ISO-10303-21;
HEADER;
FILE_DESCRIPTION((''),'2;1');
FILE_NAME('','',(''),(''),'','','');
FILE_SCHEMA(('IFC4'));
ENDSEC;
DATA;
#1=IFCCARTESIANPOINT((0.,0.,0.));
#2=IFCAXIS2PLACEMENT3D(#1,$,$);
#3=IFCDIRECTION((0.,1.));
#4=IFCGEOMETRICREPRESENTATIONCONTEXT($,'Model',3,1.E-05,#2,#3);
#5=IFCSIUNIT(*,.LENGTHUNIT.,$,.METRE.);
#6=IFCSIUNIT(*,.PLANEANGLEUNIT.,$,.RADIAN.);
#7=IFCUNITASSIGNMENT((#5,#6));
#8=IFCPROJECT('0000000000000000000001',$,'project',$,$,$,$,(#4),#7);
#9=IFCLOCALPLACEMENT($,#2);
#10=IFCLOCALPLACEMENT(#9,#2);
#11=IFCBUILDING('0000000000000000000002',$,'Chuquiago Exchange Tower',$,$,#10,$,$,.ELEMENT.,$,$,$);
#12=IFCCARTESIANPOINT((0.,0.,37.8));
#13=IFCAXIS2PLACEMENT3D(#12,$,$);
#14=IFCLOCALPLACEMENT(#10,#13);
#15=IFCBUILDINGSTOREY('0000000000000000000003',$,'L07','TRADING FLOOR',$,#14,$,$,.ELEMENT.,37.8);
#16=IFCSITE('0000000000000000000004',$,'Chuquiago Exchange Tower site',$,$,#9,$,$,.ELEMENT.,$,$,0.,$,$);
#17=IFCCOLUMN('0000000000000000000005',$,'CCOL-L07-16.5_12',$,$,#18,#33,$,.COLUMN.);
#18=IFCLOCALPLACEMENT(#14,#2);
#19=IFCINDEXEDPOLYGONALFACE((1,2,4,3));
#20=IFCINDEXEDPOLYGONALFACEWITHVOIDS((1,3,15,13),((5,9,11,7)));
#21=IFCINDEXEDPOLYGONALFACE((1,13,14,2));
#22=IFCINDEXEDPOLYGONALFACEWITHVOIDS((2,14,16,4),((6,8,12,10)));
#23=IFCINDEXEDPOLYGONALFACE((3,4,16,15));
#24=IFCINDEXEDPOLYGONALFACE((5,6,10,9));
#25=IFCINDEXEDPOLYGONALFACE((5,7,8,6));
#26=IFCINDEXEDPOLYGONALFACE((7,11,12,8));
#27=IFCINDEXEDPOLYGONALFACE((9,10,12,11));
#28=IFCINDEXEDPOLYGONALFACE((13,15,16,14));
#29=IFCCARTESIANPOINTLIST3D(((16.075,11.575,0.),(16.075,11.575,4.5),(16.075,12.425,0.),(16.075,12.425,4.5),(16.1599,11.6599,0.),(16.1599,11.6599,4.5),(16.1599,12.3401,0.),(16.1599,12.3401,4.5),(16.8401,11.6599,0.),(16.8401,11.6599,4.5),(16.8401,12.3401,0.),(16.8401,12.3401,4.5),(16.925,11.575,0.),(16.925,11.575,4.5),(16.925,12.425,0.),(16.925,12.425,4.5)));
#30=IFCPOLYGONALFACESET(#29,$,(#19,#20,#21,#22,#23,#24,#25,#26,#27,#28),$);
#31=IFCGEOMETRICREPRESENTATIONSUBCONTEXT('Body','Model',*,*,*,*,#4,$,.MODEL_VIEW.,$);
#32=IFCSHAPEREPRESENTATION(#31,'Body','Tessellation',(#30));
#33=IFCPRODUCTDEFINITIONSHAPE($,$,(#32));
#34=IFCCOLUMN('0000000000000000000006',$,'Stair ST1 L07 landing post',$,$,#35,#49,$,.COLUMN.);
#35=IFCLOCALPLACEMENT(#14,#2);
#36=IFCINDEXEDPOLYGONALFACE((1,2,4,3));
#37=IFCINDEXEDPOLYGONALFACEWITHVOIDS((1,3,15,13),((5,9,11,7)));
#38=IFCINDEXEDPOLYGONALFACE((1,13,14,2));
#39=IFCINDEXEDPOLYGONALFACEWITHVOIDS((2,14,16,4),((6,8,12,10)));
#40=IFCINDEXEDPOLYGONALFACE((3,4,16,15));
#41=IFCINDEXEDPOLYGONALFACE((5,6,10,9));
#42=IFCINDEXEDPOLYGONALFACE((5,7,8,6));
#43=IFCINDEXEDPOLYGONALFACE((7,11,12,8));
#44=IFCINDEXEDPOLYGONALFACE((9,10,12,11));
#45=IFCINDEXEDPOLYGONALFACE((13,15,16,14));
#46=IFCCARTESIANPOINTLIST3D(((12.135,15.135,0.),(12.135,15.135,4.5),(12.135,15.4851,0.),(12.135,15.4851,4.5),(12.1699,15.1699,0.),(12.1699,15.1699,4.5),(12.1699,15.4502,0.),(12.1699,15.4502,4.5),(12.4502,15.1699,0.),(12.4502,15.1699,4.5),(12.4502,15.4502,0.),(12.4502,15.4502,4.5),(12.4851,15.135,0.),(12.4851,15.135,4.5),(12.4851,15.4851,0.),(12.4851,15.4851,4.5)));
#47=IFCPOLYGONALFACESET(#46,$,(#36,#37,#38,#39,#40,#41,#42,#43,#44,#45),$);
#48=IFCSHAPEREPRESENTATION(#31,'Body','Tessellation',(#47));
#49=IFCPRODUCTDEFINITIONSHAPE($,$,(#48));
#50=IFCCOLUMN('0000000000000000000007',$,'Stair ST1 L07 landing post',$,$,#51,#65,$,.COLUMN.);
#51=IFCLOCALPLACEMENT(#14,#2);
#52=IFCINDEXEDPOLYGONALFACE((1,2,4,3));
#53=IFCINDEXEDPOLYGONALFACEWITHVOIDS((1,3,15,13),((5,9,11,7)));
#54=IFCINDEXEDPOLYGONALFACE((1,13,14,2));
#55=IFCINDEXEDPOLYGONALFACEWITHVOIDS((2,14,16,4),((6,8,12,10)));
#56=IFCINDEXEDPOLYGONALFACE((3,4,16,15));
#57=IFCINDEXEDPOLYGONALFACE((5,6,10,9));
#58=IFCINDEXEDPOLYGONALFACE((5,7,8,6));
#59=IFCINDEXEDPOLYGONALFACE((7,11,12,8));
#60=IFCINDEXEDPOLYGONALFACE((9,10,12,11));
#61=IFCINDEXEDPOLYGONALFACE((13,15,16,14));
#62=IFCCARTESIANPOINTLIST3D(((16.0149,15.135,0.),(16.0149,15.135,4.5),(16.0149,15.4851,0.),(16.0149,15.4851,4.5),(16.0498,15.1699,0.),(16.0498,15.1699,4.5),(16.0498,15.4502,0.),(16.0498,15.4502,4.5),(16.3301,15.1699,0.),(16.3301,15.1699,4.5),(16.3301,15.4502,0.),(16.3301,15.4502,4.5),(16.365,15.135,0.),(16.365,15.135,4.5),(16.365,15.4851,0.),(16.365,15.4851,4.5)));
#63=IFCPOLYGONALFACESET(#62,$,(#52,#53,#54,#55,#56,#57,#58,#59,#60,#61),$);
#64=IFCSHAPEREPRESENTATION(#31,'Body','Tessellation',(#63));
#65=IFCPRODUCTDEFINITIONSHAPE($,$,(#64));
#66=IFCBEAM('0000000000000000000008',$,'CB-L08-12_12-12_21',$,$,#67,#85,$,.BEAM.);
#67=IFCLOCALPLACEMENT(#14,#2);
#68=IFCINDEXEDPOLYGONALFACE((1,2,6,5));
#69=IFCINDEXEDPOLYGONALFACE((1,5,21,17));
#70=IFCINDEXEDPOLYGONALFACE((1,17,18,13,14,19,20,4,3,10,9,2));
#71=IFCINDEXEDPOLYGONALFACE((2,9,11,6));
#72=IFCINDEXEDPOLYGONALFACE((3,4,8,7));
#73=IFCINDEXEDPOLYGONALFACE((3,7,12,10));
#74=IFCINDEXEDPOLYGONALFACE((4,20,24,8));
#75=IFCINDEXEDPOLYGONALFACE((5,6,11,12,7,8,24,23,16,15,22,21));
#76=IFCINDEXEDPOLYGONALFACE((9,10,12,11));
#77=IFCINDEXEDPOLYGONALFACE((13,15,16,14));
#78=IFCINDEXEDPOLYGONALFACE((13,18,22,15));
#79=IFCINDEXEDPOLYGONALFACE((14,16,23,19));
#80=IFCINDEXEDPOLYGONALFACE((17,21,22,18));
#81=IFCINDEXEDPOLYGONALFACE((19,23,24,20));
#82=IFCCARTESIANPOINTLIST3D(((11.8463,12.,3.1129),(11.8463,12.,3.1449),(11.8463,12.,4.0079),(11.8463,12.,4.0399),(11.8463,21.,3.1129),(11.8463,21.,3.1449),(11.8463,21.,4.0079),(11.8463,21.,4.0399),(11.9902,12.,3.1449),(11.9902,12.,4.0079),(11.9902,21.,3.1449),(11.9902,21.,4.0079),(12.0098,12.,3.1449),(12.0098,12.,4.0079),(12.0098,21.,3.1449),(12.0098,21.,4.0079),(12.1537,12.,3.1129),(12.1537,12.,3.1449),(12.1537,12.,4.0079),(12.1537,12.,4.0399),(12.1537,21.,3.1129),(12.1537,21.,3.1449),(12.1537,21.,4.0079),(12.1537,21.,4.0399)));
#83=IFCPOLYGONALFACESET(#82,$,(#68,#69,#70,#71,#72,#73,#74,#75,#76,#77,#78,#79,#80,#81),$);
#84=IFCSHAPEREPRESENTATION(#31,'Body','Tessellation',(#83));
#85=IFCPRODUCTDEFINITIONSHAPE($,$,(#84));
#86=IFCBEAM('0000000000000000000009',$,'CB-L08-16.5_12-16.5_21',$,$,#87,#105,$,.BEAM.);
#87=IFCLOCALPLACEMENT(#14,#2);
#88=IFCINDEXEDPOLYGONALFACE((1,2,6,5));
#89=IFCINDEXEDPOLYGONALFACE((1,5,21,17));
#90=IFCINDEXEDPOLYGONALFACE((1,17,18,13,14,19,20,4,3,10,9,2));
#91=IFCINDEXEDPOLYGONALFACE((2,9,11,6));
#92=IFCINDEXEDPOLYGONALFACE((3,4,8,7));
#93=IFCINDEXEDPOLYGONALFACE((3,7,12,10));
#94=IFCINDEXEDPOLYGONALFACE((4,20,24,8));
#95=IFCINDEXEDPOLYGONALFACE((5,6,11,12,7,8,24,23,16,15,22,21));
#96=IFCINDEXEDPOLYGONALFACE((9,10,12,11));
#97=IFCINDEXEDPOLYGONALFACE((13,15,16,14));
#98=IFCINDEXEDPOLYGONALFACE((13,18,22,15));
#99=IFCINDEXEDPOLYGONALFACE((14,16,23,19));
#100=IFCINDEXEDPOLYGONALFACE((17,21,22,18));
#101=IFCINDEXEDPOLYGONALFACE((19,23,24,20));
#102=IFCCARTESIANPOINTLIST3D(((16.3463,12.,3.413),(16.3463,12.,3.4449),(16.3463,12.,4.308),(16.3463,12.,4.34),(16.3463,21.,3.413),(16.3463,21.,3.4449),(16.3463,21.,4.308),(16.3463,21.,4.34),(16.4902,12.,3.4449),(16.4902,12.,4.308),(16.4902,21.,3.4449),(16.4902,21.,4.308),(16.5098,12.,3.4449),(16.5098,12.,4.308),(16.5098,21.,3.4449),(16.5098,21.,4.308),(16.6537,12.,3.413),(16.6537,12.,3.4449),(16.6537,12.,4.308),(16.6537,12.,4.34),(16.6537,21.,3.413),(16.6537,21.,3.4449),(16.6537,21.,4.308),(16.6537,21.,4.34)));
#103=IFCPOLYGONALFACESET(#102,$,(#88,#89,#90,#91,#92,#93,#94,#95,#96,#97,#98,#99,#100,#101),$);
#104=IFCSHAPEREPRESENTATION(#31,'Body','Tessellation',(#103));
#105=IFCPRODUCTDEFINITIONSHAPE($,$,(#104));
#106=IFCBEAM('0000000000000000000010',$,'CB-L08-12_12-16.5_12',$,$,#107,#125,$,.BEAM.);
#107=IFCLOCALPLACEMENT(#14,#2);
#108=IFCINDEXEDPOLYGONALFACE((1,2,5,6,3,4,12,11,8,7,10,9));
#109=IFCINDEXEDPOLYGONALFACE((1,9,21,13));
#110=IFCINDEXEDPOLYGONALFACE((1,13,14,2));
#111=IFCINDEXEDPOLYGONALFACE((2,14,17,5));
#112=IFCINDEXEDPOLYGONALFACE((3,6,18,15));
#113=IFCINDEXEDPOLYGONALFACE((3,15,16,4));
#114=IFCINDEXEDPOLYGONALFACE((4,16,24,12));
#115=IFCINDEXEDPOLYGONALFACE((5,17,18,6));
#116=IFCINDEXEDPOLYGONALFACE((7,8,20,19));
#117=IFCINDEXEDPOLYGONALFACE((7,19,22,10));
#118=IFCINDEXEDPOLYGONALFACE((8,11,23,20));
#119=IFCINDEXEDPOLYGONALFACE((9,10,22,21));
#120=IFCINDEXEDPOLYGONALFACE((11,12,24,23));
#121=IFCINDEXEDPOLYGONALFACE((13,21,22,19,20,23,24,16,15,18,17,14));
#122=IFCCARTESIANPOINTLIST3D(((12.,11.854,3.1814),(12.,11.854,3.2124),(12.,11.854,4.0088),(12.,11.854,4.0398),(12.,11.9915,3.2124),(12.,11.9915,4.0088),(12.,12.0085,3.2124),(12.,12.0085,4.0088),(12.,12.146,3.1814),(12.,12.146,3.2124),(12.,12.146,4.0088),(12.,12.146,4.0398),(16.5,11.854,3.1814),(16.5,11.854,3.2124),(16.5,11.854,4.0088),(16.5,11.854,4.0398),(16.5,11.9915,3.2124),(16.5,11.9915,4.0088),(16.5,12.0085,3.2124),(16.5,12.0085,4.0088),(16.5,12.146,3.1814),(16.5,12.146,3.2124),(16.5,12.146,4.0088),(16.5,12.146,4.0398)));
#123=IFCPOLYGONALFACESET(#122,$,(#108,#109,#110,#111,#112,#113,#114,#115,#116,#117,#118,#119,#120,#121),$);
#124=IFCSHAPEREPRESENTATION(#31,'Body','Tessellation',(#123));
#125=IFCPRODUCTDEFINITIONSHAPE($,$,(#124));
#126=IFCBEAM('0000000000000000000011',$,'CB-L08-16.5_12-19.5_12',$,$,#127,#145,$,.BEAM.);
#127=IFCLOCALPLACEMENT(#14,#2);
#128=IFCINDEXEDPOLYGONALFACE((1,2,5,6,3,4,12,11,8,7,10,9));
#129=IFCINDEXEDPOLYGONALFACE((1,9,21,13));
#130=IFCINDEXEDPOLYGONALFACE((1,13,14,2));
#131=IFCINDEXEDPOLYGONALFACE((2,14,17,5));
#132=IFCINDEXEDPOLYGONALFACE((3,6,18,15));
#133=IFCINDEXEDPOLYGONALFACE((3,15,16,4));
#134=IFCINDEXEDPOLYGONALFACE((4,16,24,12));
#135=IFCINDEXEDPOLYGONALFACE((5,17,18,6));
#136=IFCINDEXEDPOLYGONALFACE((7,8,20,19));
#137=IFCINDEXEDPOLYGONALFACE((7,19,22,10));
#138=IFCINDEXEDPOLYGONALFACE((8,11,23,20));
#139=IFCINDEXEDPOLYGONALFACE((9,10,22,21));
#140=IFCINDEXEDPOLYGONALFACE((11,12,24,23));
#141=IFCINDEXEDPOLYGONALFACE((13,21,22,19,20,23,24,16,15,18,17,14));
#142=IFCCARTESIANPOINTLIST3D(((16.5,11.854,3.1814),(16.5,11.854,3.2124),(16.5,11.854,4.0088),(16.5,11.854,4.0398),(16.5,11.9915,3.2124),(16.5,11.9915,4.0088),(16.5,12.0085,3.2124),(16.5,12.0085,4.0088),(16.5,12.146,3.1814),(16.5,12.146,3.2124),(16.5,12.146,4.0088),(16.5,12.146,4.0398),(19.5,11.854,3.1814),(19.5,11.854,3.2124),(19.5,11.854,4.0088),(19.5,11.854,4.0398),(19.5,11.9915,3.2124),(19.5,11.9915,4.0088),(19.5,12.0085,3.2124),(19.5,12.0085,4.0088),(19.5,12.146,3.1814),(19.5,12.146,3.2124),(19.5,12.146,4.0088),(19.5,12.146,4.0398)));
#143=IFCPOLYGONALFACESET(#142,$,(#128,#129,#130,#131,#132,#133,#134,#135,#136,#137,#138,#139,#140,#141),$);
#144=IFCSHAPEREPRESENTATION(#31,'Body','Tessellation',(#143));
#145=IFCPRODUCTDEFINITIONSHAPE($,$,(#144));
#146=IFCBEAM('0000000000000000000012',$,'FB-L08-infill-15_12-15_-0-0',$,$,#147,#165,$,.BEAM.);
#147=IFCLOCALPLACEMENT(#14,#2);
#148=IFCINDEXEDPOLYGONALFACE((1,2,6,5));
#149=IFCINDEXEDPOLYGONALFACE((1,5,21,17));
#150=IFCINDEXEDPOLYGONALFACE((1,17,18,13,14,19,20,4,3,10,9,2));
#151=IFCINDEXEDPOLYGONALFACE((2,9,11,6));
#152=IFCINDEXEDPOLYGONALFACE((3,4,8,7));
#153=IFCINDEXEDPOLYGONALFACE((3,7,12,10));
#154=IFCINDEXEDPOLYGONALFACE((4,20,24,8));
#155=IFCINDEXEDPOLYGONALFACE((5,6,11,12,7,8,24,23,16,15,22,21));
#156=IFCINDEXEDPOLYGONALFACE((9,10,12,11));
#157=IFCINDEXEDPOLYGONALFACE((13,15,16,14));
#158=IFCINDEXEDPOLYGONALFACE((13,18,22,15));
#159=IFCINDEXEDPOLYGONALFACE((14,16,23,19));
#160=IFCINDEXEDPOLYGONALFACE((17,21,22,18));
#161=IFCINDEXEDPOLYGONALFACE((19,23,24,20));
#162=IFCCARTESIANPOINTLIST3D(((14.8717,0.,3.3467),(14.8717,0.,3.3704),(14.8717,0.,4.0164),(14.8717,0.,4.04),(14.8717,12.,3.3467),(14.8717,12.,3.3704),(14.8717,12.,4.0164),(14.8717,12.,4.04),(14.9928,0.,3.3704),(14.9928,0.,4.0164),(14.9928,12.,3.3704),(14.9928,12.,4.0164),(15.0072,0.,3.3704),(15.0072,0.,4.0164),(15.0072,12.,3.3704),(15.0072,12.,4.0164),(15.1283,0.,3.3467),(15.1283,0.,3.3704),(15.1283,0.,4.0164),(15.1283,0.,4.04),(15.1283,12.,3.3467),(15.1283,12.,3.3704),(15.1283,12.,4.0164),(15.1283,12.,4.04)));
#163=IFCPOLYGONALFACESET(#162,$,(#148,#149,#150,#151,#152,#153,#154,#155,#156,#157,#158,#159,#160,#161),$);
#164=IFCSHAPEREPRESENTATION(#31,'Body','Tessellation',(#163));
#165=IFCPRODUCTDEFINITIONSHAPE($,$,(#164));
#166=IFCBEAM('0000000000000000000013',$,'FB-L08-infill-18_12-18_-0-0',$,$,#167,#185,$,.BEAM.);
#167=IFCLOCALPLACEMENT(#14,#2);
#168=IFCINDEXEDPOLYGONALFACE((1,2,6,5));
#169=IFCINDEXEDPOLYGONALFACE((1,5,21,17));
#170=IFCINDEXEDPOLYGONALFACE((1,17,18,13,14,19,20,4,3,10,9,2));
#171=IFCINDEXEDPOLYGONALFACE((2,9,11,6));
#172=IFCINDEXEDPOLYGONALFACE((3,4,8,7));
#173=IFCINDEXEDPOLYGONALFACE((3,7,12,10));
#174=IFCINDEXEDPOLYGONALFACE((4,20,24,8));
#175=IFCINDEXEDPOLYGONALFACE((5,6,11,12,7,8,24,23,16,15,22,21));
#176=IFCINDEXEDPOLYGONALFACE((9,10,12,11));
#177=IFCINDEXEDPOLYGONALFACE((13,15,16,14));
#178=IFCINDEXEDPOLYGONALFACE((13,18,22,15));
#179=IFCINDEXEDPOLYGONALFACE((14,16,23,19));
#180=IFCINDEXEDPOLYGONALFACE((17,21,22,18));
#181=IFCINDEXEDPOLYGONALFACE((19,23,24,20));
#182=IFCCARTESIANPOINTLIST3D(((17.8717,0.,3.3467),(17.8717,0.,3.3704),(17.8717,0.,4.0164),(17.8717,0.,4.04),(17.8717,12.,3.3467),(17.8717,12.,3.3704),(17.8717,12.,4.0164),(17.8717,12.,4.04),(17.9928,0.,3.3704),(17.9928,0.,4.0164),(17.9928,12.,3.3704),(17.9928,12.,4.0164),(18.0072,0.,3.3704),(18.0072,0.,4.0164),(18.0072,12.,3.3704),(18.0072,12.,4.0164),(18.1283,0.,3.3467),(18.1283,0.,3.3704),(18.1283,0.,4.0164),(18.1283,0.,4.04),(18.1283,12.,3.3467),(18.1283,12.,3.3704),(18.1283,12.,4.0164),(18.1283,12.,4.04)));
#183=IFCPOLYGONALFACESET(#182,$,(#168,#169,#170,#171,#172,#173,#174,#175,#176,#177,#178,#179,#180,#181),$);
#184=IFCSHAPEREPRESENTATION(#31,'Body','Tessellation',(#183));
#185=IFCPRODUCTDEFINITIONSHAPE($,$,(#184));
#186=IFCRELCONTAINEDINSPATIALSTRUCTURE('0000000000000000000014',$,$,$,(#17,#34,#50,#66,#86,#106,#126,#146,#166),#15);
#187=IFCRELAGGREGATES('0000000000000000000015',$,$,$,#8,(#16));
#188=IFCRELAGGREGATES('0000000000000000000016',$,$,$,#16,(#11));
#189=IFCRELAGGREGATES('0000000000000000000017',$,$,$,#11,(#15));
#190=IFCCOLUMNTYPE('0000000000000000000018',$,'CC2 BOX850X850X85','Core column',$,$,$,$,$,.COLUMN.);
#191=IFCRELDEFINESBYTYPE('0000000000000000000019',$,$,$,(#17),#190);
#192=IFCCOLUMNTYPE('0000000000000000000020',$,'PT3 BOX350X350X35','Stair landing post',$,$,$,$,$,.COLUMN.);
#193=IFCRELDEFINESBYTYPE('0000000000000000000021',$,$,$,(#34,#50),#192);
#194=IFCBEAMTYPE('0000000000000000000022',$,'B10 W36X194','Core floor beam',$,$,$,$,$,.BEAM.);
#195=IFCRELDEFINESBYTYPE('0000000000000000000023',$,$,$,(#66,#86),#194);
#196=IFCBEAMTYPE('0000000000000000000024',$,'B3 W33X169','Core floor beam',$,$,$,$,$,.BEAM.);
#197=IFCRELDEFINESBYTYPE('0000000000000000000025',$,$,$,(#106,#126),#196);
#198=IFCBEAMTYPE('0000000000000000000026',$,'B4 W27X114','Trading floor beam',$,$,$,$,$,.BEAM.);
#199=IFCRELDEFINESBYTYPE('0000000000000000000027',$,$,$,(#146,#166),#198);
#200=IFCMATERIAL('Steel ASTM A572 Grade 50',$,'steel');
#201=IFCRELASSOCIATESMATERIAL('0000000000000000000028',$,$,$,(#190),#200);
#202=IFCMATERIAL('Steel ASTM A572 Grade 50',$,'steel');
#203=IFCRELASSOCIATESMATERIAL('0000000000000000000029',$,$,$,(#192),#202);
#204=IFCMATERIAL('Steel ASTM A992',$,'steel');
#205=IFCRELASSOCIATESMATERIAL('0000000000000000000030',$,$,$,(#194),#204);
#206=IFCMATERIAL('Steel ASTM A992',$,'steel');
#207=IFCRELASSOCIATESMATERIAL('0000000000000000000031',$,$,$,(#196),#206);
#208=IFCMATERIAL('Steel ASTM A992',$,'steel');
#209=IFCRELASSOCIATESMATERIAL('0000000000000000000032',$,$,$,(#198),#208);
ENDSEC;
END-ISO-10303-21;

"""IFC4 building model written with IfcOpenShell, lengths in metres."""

from ifc_helpers import new_model, si_unit, direction, frame, origin, origin_2d, place, context, subcontext, project, spatial, hollow_rectangle, i_section, extrude, material, material_profile, profile_set, type_object, element, save


model = new_model("IFC4")

# Units and contexts
model_context = context("Model", 3, precision=1e-05, world=origin(), true_north=direction((0.0, 1.0)))
body_context = subcontext(model_context, "Body", "Model", "MODEL_VIEW")
ifc_project = project(units=[si_unit("LENGTHUNIT", "METRE"), si_unit("PLANEANGLEUNIT", "RADIAN")], contexts=[model_context])

# Site, building, storey
site_placement = place(None, origin())
site = spatial("IfcSite", under=ifc_project, at=site_placement, Name="Chuquiago Exchange Tower site", CompositionType="ELEMENT", RefElevation=0.0)
building_placement = place(site_placement, origin())
building = spatial("IfcBuilding", under=site, at=building_placement, Name="Chuquiago Exchange Tower", CompositionType="ELEMENT")
storey_placement = place(building_placement, frame((0.0, 0.0, 37.8)))
storey = spatial("IfcBuildingStorey", under=building, at=storey_placement, Name="L07", Description="TRADING FLOOR", CompositionType="ELEMENT", Elevation=37.8)

# Columns
ifc_material_1 = material(Name="Steel ASTM A572 Grade 50", Category="steel")
ifc_material_profile_1 = material_profile(ifc_material_1, hollow_rectangle(XDim=0.8501, YDim=0.8501, WallThickness=0.085, at=origin_2d()), Name="BOX850X850X85")
ifc_profile_set_1 = profile_set([ifc_material_profile_1], Name="Steel ASTM A572 Grade 50")
column_type_1 = type_object("IfcColumnType", Name="CC2 BOX850X850X85", Description="Core column", PredefinedType="COLUMN", material=ifc_profile_set_1)
column_placement = place(storey_placement, frame((16.5, 12.0, 0.0), z_axis=(0.0, 0.0, 1.0), x_axis=(1.0, 0.0, 0.0)))
element("IfcColumn", 1, at=column_placement, inside=storey, type_object=column_type_1, Name="CCOL-L07-16.5_12", PredefinedType="COLUMN", context=body_context, shape_type="SweptSolid", body=[
    extrude(hollow_rectangle(XDim=0.8501, YDim=0.8501, WallThickness=0.085, at=origin_2d()), origin(), (0.0, 0.0, 1.0), 4.5),
])
ifc_material_2 = material(Name="Steel ASTM A572 Grade 50", Category="steel")
ifc_material_profile_2 = material_profile(ifc_material_2, hollow_rectangle(XDim=0.3501, YDim=0.3501, WallThickness=0.0349, at=origin_2d()), Name="BOX350X350X35")
ifc_profile_set_2 = profile_set([ifc_material_profile_2], Name="Steel ASTM A572 Grade 50")
column_type_2 = type_object("IfcColumnType", Name="PT3 BOX350X350X35", Description="Stair landing post", PredefinedType="COLUMN", material=ifc_profile_set_2)
for number, where, z_axis, x_axis, name in (
    (2, (12.3101, 15.3101, 0.0), (0.0, 0.0, 1.0), (1.0, 0.0, 0.0), "Stair ST1 L07 landing post"),
    (3, (16.1899, 15.3101, 0.0), (0.0, 0.0, 1.0), (1.0, 0.0, 0.0), "Stair ST1 L07 landing post"),
):
    element("IfcColumn", number, at=place(storey_placement, frame(where, z_axis=z_axis, x_axis=x_axis)), inside=storey, type_object=column_type_2, Name=name, PredefinedType="COLUMN", context=body_context, shape_type="SweptSolid", body=[
        extrude(hollow_rectangle(XDim=0.3501, YDim=0.3501, WallThickness=0.0349, at=origin_2d()), origin(), (0.0, 0.0, 1.0), 4.5),
    ])

# Beams
ifc_material_3 = material(Name="Steel ASTM A992", Category="steel")
ifc_material_profile_3 = material_profile(ifc_material_3, i_section(OverallWidth=0.3074, OverallDepth=0.927, WebThickness=0.0195, FlangeThickness=0.032, at=origin_2d()), Name="W36X194")
ifc_profile_set_3 = profile_set([ifc_material_profile_3], Name="Steel ASTM A992")
beam_type_1 = type_object("IfcBeamType", Name="B10 W36X194", Description="Core floor beam", PredefinedType="BEAM", material=ifc_profile_set_3)
for number, where, z_axis, x_axis, name in (
    (4, (12.0, 12.0, 3.5764), (0.0, 1.0, 0.0), (-1.0, 0.0, 0.0), "CB-L08-12_12-12_21"),
    (5, (16.5, 12.0, 3.8765), (0.0, 1.0, 0.0), (-1.0, 0.0, 0.0), "CB-L08-16.5_12-16.5_21"),
):
    element("IfcBeam", number, at=place(storey_placement, frame(where, z_axis=z_axis, x_axis=x_axis)), inside=storey, type_object=beam_type_1, Name=name, PredefinedType="BEAM", context=body_context, shape_type="SweptSolid", body=[
        extrude(i_section(OverallWidth=0.3074, OverallDepth=0.927, WebThickness=0.0195, FlangeThickness=0.032, at=origin_2d()), origin(), (0.0, 0.0, 1.0), 9.0),
    ])
ifc_material_4 = material(Name="Steel ASTM A992", Category="steel")
ifc_material_profile_4 = material_profile(ifc_material_4, i_section(OverallWidth=0.292, OverallDepth=0.8584, WebThickness=0.0171, FlangeThickness=0.031, at=origin_2d()), Name="W33X169")
ifc_profile_set_4 = profile_set([ifc_material_profile_4], Name="Steel ASTM A992")
beam_type_2 = type_object("IfcBeamType", Name="B3 W33X169", Description="Core floor beam", PredefinedType="BEAM", material=ifc_profile_set_4)
beam_1_placement = place(storey_placement, frame((12.0, 12.0, 3.6106), z_axis=(1.0, 0.0, 0.0), x_axis=(0.0, 1.0, 0.0)))
element("IfcBeam", 6, at=beam_1_placement, inside=storey, type_object=beam_type_2, Name="CB-L08-12_12-16.5_12", PredefinedType="BEAM", context=body_context, shape_type="SweptSolid", body=[
    extrude(i_section(OverallWidth=0.292, OverallDepth=0.8584, WebThickness=0.0171, FlangeThickness=0.031, at=origin_2d()), origin(), (0.0, 0.0, 1.0), 4.5),
])
beam_2_placement = place(storey_placement, frame((16.5, 12.0, 3.6106), z_axis=(1.0, 0.0, 0.0), x_axis=(0.0, 1.0, 0.0)))
element("IfcBeam", 7, at=beam_2_placement, inside=storey, type_object=beam_type_2, Name="CB-L08-16.5_12-19.5_12", PredefinedType="BEAM", context=body_context, shape_type="SweptSolid", body=[
    extrude(i_section(OverallWidth=0.292, OverallDepth=0.8584, WebThickness=0.0171, FlangeThickness=0.031, at=origin_2d()), origin(), (0.0, 0.0, 1.0), 3.0),
])
ifc_material_5 = material(Name="Steel ASTM A992", Category="steel")
ifc_material_profile_5 = material_profile(ifc_material_5, i_section(OverallWidth=0.2566, OverallDepth=0.6934, WebThickness=0.0144, FlangeThickness=0.0237, at=origin_2d()), Name="W27X114")
ifc_profile_set_5 = profile_set([ifc_material_profile_5], Name="Steel ASTM A992")
beam_type_3 = type_object("IfcBeamType", Name="B4 W27X114", Description="Trading floor beam", PredefinedType="BEAM", material=ifc_profile_set_5)
for number, where, z_axis, x_axis, name in (
    (8, (15.0, 12.0, 3.6934), (0.0, -1.0, 0.0), (1.0, 0.0, 0.0), "FB-L08-infill-15_12-15_-0-0"),
    (9, (18.0, 12.0, 3.6934), (0.0, -1.0, 0.0), (1.0, 0.0, 0.0), "FB-L08-infill-18_12-18_-0-0"),
):
    element("IfcBeam", number, at=place(storey_placement, frame(where, z_axis=z_axis, x_axis=x_axis)), inside=storey, type_object=beam_type_3, Name=name, PredefinedType="BEAM", context=body_context, shape_type="SweptSolid", body=[
        extrude(i_section(OverallWidth=0.2566, OverallDepth=0.6934, WebThickness=0.0144, FlangeThickness=0.0237, at=origin_2d()), origin(), (0.0, 0.0, 1.0), 12.0),
    ])

save(model, "model.ifc")
